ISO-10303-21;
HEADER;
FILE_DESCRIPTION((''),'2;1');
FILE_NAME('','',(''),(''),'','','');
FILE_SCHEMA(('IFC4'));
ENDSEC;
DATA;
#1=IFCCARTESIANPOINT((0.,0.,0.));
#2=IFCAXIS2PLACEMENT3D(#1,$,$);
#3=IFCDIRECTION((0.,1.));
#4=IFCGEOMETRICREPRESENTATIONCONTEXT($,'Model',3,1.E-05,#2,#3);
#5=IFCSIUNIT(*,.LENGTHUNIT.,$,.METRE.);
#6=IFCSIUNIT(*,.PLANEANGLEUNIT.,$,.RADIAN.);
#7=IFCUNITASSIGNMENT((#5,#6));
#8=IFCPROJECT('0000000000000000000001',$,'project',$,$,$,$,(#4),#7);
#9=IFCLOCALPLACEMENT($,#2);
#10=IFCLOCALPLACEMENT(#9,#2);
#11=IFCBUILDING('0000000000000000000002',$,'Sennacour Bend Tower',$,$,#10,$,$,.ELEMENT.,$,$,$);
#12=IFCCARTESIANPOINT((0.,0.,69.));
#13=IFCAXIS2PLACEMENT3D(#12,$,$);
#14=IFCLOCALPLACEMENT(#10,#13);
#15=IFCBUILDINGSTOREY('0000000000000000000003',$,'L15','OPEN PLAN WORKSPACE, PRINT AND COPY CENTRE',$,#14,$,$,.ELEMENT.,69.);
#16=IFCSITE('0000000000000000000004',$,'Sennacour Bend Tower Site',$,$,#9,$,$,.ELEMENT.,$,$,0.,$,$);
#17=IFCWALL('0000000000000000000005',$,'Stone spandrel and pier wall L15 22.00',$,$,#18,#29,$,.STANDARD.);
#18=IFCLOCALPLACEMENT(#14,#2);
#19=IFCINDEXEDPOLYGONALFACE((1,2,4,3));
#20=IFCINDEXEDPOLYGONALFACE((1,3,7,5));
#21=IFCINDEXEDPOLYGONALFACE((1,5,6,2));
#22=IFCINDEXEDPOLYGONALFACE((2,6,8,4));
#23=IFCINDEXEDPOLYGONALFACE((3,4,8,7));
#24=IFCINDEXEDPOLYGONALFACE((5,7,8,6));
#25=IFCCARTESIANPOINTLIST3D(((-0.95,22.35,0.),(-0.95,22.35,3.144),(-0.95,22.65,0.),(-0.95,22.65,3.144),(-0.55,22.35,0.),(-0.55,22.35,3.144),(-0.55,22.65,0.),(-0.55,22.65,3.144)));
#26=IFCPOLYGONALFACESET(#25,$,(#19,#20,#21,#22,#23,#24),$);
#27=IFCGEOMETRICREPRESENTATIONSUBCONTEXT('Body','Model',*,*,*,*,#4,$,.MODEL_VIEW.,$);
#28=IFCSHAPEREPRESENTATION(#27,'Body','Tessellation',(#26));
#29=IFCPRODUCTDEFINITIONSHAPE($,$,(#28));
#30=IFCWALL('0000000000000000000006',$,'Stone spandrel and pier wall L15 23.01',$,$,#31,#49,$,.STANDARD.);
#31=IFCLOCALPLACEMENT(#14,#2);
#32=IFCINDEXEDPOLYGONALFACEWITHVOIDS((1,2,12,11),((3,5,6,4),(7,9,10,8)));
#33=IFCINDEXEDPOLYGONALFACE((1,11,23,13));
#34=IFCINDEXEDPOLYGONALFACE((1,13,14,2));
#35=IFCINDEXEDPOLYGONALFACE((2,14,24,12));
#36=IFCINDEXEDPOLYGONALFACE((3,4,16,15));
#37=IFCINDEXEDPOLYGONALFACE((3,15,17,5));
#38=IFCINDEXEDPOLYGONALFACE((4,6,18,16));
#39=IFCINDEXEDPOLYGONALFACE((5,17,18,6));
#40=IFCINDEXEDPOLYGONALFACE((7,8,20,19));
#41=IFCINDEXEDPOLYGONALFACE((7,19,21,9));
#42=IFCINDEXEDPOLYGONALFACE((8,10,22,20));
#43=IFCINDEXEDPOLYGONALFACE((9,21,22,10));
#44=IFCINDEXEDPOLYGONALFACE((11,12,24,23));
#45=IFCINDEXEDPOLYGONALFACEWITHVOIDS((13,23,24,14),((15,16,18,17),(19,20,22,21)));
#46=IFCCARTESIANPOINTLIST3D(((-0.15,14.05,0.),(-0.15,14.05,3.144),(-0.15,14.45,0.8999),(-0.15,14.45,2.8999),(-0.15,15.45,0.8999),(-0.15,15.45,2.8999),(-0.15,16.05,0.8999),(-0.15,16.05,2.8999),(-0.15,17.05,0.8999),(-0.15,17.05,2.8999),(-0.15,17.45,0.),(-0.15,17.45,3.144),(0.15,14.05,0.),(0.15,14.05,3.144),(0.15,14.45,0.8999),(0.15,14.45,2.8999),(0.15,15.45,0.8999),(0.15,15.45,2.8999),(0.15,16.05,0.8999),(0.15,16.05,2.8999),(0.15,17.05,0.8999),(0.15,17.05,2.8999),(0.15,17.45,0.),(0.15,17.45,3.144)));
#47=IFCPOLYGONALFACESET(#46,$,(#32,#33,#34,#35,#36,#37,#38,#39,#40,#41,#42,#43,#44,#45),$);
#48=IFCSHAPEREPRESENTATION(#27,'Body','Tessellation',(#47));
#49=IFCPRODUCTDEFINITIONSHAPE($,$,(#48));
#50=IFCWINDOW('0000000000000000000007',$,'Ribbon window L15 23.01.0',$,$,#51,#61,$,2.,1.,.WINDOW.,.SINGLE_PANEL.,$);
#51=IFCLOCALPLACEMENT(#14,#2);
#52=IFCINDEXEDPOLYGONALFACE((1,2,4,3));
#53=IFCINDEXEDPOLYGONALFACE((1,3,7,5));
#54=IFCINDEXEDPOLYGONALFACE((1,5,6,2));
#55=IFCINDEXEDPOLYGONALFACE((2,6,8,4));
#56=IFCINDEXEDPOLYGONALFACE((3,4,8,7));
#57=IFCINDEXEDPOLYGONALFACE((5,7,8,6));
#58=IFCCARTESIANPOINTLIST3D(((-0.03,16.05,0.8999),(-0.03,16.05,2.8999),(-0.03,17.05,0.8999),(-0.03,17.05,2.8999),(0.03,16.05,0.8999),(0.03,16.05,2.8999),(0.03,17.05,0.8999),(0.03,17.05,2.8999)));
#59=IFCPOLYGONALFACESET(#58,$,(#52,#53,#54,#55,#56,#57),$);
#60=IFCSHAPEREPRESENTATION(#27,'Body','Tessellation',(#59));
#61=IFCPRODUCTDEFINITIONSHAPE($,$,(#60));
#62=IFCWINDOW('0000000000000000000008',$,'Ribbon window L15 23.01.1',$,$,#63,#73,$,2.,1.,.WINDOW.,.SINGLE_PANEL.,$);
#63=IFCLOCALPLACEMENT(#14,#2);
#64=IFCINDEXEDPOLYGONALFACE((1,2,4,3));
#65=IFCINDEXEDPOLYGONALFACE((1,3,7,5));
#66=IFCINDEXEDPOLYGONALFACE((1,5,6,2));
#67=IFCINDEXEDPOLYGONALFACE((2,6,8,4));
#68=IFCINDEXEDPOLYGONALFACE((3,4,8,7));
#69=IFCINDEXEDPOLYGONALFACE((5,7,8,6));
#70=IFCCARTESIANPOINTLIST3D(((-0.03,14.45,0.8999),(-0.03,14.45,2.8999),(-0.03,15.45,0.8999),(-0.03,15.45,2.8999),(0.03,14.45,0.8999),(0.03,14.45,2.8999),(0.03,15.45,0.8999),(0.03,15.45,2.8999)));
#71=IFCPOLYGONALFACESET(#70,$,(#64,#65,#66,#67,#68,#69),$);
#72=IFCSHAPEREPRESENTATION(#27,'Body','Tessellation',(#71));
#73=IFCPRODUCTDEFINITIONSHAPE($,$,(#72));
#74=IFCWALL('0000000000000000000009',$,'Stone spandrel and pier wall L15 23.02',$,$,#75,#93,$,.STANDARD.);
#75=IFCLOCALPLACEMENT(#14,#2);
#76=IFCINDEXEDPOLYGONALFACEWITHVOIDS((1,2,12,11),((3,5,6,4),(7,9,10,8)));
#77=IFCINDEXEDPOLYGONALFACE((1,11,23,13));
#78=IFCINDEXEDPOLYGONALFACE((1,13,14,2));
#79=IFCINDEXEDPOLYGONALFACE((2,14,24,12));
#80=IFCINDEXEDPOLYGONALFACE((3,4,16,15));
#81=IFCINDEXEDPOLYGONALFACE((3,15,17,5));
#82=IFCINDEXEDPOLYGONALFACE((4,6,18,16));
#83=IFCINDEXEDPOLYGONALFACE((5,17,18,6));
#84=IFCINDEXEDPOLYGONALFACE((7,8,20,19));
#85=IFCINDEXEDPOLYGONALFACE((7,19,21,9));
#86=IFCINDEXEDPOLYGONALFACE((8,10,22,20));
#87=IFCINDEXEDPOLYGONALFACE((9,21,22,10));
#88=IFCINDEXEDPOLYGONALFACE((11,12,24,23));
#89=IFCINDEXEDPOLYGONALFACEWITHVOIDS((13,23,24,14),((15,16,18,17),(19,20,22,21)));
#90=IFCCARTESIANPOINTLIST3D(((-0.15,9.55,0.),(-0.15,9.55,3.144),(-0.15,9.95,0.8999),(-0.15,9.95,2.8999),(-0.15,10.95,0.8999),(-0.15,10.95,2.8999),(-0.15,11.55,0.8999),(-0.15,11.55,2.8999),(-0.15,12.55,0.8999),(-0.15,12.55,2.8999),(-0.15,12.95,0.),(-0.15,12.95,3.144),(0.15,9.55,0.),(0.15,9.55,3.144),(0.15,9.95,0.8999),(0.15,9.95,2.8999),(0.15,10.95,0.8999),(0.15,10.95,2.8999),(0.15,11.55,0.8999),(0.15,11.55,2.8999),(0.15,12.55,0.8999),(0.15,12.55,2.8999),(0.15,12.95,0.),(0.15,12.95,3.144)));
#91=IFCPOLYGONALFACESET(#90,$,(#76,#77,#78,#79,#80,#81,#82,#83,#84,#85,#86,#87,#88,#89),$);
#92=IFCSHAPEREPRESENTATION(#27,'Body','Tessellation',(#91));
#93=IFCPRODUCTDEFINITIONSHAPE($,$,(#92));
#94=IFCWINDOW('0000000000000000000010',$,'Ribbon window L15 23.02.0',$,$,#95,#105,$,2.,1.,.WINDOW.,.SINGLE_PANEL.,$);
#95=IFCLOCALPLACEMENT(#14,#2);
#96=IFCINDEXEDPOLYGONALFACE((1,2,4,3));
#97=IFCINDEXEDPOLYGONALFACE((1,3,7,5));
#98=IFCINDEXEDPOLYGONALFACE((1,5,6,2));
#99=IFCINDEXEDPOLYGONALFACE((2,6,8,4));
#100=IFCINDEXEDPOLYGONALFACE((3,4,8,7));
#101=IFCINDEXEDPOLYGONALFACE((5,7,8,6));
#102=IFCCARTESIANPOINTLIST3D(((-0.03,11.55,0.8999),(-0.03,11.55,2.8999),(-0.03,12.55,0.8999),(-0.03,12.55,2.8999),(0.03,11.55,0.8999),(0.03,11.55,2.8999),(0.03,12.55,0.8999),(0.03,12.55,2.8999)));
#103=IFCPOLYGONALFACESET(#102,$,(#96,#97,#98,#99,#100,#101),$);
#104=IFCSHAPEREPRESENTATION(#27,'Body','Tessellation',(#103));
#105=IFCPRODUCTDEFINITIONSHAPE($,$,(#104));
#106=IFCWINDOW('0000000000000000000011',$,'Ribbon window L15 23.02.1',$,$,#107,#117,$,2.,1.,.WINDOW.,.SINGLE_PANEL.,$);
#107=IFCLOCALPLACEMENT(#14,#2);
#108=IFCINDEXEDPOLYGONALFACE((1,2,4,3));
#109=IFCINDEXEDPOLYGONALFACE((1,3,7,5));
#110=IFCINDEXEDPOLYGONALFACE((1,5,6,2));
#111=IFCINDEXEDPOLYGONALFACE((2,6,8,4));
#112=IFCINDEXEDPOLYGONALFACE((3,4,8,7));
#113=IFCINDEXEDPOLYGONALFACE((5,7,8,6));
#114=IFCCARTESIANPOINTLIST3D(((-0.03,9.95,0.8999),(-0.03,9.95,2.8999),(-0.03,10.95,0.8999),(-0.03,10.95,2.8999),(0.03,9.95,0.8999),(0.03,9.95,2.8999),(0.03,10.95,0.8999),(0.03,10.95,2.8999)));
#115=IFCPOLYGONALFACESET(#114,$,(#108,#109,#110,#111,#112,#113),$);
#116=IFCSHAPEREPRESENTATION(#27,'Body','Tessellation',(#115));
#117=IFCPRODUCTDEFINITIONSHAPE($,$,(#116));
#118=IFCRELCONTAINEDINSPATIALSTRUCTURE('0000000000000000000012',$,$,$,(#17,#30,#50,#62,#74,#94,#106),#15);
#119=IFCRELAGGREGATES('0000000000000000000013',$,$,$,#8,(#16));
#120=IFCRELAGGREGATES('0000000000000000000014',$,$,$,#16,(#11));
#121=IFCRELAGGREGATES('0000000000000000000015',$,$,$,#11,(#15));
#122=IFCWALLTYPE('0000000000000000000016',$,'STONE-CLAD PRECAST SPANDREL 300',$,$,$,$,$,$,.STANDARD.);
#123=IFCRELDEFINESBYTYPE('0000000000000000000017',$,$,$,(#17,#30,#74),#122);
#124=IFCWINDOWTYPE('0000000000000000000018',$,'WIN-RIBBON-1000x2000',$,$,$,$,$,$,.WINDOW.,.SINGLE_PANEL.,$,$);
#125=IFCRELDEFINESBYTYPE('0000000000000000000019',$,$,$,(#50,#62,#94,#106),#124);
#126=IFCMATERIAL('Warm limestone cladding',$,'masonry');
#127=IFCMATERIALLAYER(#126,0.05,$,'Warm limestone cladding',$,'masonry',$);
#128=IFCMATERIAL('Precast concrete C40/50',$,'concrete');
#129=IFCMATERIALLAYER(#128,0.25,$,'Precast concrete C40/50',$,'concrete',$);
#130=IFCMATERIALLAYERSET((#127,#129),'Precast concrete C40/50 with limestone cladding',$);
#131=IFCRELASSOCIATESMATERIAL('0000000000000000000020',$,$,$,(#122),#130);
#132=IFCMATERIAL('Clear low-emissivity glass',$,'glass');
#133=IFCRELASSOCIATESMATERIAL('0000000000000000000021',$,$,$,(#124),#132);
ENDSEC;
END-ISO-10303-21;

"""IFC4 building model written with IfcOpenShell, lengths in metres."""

from ifc_helpers import new_model, si_unit, direction, frame, frame_2d, origin, place, context, subcontext, project, spatial, rectangle, extrude, material, layer, layer_set, type_object, element, fill, save


model = new_model("IFC4")

# Units and contexts
model_context = context("Model", 3, precision=1e-05, world=origin(), true_north=direction((0.0, 1.0)))
body_context = subcontext(model_context, "Body", "Model", "MODEL_VIEW")
ifc_project = project(units=[si_unit("LENGTHUNIT", "METRE"), si_unit("PLANEANGLEUNIT", "RADIAN")], contexts=[model_context])

# Site, building, storey
site_placement = place(None, origin())
site = spatial("IfcSite", under=ifc_project, at=site_placement, Name="Sennacour Bend Tower Site", CompositionType="ELEMENT", RefElevation=0.0)
building_placement = place(site_placement, origin())
building = spatial("IfcBuilding", under=site, at=building_placement, Name="Sennacour Bend Tower", CompositionType="ELEMENT")
storey_placement = place(building_placement, frame((0.0, 0.0, 69.0)))
storey = spatial("IfcBuildingStorey", under=building, at=storey_placement, Name="L15", Description="OPEN PLAN WORKSPACE, PRINT AND COPY CENTRE", CompositionType="ELEMENT", Elevation=69.0)

# Wall
ifc_material_1 = material(Name="Warm limestone cladding", Category="masonry")
ifc_layer_1 = layer(ifc_material_1, 0.05, Name="Warm limestone cladding", Category="masonry")
ifc_material_2 = material(Name="Precast concrete C40/50", Category="concrete")
ifc_layer_2 = layer(ifc_material_2, 0.25, Name="Precast concrete C40/50", Category="concrete")
ifc_layer_set = layer_set([ifc_layer_1, ifc_layer_2], Name="Precast concrete C40/50 with limestone cladding")
wall_type = type_object("IfcWallType", Name="STONE-CLAD PRECAST SPANDREL 300", PredefinedType="STANDARD", material=ifc_layer_set)
wall_1_placement = place(storey_placement, frame((-0.95, 22.5, 0.0), z_axis=(0.0, 0.0, 1.0), x_axis=(1.0, 0.0, 0.0)))
element("IfcWall", 1, at=wall_1_placement, inside=storey, type_object=wall_type, Name="Stone spandrel and pier wall L15 22.00", PredefinedType="STANDARD", context=body_context, shape_type="SweptSolid", body=[
    extrude(rectangle(XDim=0.3999, YDim=0.3, at=frame_2d((0.2, 0.0))), origin(), (0.0, 0.0, 1.0), 3.144),
])

# Walls, openings, windows
wall_2_placement = place(storey_placement, frame((0.0, 17.45, 0.0), z_axis=(0.0, 0.0, 1.0), x_axis=(0.0, -1.0, 0.0)))
wall_2 = element("IfcWall", 2, at=wall_2_placement, inside=storey, type_object=wall_type, Name="Stone spandrel and pier wall L15 23.01", PredefinedType="STANDARD", context=body_context, shape_type="SweptSolid", body=[
    extrude(rectangle(XDim=3.3999, YDim=0.3, at=frame_2d((1.7, 0.0))), origin(), (0.0, 0.0, 1.0), 3.144),
])
opening_1_placement = place(wall_2_placement, frame((0.3999, 0.0, 0.8999)))
opening_1 = element("IfcOpeningElement", 3, at=opening_1_placement, cuts=wall_2, PredefinedType="OPENING", context=body_context, shape_type="SweptSolid", body=[
    extrude(rectangle(XDim=1.0, YDim=2.0, at=frame_2d((0.5, 1.0))), frame((0.0, 0.1602, 0.0), z_axis=(0.0, -1.0, 0.0), x_axis=(1.0, 0.0, 0.0)), (0.0, 0.0, 1.0), 0.3201),
])
opening_2_placement = place(wall_2_placement, frame((2.0, 0.0, 0.8999)))
opening_2 = element("IfcOpeningElement", 4, at=opening_2_placement, cuts=wall_2, PredefinedType="OPENING", context=body_context, shape_type="SweptSolid", body=[
    extrude(rectangle(XDim=1.0, YDim=2.0, at=frame_2d((0.5, 1.0))), frame((0.0, 0.1602, 0.0), z_axis=(0.0, -1.0, 0.0), x_axis=(1.0, 0.0, 0.0)), (0.0, 0.0, 1.0), 0.3201),
])
ifc_material_3 = material(Name="Clear low-emissivity glass", Category="glass")
window_type = type_object("IfcWindowType", Name="WIN-RIBBON-1000x2000", PartitioningType="SINGLE_PANEL", PredefinedType="WINDOW", material=ifc_material_3)
window_1_placement = place(opening_1_placement, origin())
window_1 = element("IfcWindow", 5, at=window_1_placement, inside=storey, type_object=window_type, Name="Ribbon window L15 23.01.0", OverallHeight=2.0, OverallWidth=1.0, PartitioningType="SINGLE_PANEL", PredefinedType="WINDOW", context=body_context, shape_type="SweptSolid", body=[
    extrude(rectangle(XDim=1.0, YDim=2.0, at=frame_2d((0.5, 1.0))), frame((0.0, 0.03, 0.0), z_axis=(0.0, -1.0, 0.0), x_axis=(1.0, 0.0, 0.0)), (0.0, 0.0, 1.0), 0.0601),
])
fill(opening_1, window_1)
window_2_placement = place(opening_2_placement, origin())
window_2 = element("IfcWindow", 6, at=window_2_placement, inside=storey, type_object=window_type, Name="Ribbon window L15 23.01.1", OverallHeight=2.0, OverallWidth=1.0, PartitioningType="SINGLE_PANEL", PredefinedType="WINDOW", context=body_context, shape_type="SweptSolid", body=[
    extrude(rectangle(XDim=1.0, YDim=2.0, at=frame_2d((0.5, 1.0))), frame((0.0, 0.03, 0.0), z_axis=(0.0, -1.0, 0.0), x_axis=(1.0, 0.0, 0.0)), (0.0, 0.0, 1.0), 0.0601),
])
fill(opening_2, window_2)
wall_3_placement = place(storey_placement, frame((0.0, 12.95, 0.0), z_axis=(0.0, 0.0, 1.0), x_axis=(0.0, -1.0, 0.0)))
wall_3 = element("IfcWall", 7, at=wall_3_placement, inside=storey, type_object=wall_type, Name="Stone spandrel and pier wall L15 23.02", PredefinedType="STANDARD", context=body_context, shape_type="SweptSolid", body=[
    extrude(rectangle(XDim=3.3999, YDim=0.3, at=frame_2d((1.7, 0.0))), origin(), (0.0, 0.0, 1.0), 3.144),
])
opening_3_placement = place(wall_3_placement, frame((0.3999, 0.0, 0.8999)))
opening_3 = element("IfcOpeningElement", 8, at=opening_3_placement, cuts=wall_3, PredefinedType="OPENING", context=body_context, shape_type="SweptSolid", body=[
    extrude(rectangle(XDim=1.0, YDim=2.0, at=frame_2d((0.5, 1.0))), frame((0.0, 0.1602, 0.0), z_axis=(0.0, -1.0, 0.0), x_axis=(1.0, 0.0, 0.0)), (0.0, 0.0, 1.0), 0.3201),
])
opening_4_placement = place(wall_3_placement, frame((2.0, 0.0, 0.8999)))
opening_4 = element("IfcOpeningElement", 9, at=opening_4_placement, cuts=wall_3, PredefinedType="OPENING", context=body_context, shape_type="SweptSolid", body=[
    extrude(rectangle(XDim=1.0, YDim=2.0, at=frame_2d((0.5, 1.0))), frame((0.0, 0.1602, 0.0), z_axis=(0.0, -1.0, 0.0), x_axis=(1.0, 0.0, 0.0)), (0.0, 0.0, 1.0), 0.3201),
])
window_3_placement = place(opening_3_placement, origin())
window_3 = element("IfcWindow", 10, at=window_3_placement, inside=storey, type_object=window_type, Name="Ribbon window L15 23.02.0", OverallHeight=2.0, OverallWidth=1.0, PartitioningType="SINGLE_PANEL", PredefinedType="WINDOW", context=body_context, shape_type="SweptSolid", body=[
    extrude(rectangle(XDim=1.0, YDim=2.0, at=frame_2d((0.5, 1.0))), frame((0.0, 0.03, 0.0), z_axis=(0.0, -1.0, 0.0), x_axis=(1.0, 0.0, 0.0)), (0.0, 0.0, 1.0), 0.0601),
])
fill(opening_3, window_3)
window_4_placement = place(opening_4_placement, origin())
window_4 = element("IfcWindow", 11, at=window_4_placement, inside=storey, type_object=window_type, Name="Ribbon window L15 23.02.1", OverallHeight=2.0, OverallWidth=1.0, PartitioningType="SINGLE_PANEL", PredefinedType="WINDOW", context=body_context, shape_type="SweptSolid", body=[
    extrude(rectangle(XDim=1.0, YDim=2.0, at=frame_2d((0.5, 1.0))), frame((0.0, 0.03, 0.0), z_axis=(0.0, -1.0, 0.0), x_axis=(1.0, 0.0, 0.0)), (0.0, 0.0, 1.0), 0.0601),
])
fill(opening_4, window_4)

save(model, "model.ifc")
